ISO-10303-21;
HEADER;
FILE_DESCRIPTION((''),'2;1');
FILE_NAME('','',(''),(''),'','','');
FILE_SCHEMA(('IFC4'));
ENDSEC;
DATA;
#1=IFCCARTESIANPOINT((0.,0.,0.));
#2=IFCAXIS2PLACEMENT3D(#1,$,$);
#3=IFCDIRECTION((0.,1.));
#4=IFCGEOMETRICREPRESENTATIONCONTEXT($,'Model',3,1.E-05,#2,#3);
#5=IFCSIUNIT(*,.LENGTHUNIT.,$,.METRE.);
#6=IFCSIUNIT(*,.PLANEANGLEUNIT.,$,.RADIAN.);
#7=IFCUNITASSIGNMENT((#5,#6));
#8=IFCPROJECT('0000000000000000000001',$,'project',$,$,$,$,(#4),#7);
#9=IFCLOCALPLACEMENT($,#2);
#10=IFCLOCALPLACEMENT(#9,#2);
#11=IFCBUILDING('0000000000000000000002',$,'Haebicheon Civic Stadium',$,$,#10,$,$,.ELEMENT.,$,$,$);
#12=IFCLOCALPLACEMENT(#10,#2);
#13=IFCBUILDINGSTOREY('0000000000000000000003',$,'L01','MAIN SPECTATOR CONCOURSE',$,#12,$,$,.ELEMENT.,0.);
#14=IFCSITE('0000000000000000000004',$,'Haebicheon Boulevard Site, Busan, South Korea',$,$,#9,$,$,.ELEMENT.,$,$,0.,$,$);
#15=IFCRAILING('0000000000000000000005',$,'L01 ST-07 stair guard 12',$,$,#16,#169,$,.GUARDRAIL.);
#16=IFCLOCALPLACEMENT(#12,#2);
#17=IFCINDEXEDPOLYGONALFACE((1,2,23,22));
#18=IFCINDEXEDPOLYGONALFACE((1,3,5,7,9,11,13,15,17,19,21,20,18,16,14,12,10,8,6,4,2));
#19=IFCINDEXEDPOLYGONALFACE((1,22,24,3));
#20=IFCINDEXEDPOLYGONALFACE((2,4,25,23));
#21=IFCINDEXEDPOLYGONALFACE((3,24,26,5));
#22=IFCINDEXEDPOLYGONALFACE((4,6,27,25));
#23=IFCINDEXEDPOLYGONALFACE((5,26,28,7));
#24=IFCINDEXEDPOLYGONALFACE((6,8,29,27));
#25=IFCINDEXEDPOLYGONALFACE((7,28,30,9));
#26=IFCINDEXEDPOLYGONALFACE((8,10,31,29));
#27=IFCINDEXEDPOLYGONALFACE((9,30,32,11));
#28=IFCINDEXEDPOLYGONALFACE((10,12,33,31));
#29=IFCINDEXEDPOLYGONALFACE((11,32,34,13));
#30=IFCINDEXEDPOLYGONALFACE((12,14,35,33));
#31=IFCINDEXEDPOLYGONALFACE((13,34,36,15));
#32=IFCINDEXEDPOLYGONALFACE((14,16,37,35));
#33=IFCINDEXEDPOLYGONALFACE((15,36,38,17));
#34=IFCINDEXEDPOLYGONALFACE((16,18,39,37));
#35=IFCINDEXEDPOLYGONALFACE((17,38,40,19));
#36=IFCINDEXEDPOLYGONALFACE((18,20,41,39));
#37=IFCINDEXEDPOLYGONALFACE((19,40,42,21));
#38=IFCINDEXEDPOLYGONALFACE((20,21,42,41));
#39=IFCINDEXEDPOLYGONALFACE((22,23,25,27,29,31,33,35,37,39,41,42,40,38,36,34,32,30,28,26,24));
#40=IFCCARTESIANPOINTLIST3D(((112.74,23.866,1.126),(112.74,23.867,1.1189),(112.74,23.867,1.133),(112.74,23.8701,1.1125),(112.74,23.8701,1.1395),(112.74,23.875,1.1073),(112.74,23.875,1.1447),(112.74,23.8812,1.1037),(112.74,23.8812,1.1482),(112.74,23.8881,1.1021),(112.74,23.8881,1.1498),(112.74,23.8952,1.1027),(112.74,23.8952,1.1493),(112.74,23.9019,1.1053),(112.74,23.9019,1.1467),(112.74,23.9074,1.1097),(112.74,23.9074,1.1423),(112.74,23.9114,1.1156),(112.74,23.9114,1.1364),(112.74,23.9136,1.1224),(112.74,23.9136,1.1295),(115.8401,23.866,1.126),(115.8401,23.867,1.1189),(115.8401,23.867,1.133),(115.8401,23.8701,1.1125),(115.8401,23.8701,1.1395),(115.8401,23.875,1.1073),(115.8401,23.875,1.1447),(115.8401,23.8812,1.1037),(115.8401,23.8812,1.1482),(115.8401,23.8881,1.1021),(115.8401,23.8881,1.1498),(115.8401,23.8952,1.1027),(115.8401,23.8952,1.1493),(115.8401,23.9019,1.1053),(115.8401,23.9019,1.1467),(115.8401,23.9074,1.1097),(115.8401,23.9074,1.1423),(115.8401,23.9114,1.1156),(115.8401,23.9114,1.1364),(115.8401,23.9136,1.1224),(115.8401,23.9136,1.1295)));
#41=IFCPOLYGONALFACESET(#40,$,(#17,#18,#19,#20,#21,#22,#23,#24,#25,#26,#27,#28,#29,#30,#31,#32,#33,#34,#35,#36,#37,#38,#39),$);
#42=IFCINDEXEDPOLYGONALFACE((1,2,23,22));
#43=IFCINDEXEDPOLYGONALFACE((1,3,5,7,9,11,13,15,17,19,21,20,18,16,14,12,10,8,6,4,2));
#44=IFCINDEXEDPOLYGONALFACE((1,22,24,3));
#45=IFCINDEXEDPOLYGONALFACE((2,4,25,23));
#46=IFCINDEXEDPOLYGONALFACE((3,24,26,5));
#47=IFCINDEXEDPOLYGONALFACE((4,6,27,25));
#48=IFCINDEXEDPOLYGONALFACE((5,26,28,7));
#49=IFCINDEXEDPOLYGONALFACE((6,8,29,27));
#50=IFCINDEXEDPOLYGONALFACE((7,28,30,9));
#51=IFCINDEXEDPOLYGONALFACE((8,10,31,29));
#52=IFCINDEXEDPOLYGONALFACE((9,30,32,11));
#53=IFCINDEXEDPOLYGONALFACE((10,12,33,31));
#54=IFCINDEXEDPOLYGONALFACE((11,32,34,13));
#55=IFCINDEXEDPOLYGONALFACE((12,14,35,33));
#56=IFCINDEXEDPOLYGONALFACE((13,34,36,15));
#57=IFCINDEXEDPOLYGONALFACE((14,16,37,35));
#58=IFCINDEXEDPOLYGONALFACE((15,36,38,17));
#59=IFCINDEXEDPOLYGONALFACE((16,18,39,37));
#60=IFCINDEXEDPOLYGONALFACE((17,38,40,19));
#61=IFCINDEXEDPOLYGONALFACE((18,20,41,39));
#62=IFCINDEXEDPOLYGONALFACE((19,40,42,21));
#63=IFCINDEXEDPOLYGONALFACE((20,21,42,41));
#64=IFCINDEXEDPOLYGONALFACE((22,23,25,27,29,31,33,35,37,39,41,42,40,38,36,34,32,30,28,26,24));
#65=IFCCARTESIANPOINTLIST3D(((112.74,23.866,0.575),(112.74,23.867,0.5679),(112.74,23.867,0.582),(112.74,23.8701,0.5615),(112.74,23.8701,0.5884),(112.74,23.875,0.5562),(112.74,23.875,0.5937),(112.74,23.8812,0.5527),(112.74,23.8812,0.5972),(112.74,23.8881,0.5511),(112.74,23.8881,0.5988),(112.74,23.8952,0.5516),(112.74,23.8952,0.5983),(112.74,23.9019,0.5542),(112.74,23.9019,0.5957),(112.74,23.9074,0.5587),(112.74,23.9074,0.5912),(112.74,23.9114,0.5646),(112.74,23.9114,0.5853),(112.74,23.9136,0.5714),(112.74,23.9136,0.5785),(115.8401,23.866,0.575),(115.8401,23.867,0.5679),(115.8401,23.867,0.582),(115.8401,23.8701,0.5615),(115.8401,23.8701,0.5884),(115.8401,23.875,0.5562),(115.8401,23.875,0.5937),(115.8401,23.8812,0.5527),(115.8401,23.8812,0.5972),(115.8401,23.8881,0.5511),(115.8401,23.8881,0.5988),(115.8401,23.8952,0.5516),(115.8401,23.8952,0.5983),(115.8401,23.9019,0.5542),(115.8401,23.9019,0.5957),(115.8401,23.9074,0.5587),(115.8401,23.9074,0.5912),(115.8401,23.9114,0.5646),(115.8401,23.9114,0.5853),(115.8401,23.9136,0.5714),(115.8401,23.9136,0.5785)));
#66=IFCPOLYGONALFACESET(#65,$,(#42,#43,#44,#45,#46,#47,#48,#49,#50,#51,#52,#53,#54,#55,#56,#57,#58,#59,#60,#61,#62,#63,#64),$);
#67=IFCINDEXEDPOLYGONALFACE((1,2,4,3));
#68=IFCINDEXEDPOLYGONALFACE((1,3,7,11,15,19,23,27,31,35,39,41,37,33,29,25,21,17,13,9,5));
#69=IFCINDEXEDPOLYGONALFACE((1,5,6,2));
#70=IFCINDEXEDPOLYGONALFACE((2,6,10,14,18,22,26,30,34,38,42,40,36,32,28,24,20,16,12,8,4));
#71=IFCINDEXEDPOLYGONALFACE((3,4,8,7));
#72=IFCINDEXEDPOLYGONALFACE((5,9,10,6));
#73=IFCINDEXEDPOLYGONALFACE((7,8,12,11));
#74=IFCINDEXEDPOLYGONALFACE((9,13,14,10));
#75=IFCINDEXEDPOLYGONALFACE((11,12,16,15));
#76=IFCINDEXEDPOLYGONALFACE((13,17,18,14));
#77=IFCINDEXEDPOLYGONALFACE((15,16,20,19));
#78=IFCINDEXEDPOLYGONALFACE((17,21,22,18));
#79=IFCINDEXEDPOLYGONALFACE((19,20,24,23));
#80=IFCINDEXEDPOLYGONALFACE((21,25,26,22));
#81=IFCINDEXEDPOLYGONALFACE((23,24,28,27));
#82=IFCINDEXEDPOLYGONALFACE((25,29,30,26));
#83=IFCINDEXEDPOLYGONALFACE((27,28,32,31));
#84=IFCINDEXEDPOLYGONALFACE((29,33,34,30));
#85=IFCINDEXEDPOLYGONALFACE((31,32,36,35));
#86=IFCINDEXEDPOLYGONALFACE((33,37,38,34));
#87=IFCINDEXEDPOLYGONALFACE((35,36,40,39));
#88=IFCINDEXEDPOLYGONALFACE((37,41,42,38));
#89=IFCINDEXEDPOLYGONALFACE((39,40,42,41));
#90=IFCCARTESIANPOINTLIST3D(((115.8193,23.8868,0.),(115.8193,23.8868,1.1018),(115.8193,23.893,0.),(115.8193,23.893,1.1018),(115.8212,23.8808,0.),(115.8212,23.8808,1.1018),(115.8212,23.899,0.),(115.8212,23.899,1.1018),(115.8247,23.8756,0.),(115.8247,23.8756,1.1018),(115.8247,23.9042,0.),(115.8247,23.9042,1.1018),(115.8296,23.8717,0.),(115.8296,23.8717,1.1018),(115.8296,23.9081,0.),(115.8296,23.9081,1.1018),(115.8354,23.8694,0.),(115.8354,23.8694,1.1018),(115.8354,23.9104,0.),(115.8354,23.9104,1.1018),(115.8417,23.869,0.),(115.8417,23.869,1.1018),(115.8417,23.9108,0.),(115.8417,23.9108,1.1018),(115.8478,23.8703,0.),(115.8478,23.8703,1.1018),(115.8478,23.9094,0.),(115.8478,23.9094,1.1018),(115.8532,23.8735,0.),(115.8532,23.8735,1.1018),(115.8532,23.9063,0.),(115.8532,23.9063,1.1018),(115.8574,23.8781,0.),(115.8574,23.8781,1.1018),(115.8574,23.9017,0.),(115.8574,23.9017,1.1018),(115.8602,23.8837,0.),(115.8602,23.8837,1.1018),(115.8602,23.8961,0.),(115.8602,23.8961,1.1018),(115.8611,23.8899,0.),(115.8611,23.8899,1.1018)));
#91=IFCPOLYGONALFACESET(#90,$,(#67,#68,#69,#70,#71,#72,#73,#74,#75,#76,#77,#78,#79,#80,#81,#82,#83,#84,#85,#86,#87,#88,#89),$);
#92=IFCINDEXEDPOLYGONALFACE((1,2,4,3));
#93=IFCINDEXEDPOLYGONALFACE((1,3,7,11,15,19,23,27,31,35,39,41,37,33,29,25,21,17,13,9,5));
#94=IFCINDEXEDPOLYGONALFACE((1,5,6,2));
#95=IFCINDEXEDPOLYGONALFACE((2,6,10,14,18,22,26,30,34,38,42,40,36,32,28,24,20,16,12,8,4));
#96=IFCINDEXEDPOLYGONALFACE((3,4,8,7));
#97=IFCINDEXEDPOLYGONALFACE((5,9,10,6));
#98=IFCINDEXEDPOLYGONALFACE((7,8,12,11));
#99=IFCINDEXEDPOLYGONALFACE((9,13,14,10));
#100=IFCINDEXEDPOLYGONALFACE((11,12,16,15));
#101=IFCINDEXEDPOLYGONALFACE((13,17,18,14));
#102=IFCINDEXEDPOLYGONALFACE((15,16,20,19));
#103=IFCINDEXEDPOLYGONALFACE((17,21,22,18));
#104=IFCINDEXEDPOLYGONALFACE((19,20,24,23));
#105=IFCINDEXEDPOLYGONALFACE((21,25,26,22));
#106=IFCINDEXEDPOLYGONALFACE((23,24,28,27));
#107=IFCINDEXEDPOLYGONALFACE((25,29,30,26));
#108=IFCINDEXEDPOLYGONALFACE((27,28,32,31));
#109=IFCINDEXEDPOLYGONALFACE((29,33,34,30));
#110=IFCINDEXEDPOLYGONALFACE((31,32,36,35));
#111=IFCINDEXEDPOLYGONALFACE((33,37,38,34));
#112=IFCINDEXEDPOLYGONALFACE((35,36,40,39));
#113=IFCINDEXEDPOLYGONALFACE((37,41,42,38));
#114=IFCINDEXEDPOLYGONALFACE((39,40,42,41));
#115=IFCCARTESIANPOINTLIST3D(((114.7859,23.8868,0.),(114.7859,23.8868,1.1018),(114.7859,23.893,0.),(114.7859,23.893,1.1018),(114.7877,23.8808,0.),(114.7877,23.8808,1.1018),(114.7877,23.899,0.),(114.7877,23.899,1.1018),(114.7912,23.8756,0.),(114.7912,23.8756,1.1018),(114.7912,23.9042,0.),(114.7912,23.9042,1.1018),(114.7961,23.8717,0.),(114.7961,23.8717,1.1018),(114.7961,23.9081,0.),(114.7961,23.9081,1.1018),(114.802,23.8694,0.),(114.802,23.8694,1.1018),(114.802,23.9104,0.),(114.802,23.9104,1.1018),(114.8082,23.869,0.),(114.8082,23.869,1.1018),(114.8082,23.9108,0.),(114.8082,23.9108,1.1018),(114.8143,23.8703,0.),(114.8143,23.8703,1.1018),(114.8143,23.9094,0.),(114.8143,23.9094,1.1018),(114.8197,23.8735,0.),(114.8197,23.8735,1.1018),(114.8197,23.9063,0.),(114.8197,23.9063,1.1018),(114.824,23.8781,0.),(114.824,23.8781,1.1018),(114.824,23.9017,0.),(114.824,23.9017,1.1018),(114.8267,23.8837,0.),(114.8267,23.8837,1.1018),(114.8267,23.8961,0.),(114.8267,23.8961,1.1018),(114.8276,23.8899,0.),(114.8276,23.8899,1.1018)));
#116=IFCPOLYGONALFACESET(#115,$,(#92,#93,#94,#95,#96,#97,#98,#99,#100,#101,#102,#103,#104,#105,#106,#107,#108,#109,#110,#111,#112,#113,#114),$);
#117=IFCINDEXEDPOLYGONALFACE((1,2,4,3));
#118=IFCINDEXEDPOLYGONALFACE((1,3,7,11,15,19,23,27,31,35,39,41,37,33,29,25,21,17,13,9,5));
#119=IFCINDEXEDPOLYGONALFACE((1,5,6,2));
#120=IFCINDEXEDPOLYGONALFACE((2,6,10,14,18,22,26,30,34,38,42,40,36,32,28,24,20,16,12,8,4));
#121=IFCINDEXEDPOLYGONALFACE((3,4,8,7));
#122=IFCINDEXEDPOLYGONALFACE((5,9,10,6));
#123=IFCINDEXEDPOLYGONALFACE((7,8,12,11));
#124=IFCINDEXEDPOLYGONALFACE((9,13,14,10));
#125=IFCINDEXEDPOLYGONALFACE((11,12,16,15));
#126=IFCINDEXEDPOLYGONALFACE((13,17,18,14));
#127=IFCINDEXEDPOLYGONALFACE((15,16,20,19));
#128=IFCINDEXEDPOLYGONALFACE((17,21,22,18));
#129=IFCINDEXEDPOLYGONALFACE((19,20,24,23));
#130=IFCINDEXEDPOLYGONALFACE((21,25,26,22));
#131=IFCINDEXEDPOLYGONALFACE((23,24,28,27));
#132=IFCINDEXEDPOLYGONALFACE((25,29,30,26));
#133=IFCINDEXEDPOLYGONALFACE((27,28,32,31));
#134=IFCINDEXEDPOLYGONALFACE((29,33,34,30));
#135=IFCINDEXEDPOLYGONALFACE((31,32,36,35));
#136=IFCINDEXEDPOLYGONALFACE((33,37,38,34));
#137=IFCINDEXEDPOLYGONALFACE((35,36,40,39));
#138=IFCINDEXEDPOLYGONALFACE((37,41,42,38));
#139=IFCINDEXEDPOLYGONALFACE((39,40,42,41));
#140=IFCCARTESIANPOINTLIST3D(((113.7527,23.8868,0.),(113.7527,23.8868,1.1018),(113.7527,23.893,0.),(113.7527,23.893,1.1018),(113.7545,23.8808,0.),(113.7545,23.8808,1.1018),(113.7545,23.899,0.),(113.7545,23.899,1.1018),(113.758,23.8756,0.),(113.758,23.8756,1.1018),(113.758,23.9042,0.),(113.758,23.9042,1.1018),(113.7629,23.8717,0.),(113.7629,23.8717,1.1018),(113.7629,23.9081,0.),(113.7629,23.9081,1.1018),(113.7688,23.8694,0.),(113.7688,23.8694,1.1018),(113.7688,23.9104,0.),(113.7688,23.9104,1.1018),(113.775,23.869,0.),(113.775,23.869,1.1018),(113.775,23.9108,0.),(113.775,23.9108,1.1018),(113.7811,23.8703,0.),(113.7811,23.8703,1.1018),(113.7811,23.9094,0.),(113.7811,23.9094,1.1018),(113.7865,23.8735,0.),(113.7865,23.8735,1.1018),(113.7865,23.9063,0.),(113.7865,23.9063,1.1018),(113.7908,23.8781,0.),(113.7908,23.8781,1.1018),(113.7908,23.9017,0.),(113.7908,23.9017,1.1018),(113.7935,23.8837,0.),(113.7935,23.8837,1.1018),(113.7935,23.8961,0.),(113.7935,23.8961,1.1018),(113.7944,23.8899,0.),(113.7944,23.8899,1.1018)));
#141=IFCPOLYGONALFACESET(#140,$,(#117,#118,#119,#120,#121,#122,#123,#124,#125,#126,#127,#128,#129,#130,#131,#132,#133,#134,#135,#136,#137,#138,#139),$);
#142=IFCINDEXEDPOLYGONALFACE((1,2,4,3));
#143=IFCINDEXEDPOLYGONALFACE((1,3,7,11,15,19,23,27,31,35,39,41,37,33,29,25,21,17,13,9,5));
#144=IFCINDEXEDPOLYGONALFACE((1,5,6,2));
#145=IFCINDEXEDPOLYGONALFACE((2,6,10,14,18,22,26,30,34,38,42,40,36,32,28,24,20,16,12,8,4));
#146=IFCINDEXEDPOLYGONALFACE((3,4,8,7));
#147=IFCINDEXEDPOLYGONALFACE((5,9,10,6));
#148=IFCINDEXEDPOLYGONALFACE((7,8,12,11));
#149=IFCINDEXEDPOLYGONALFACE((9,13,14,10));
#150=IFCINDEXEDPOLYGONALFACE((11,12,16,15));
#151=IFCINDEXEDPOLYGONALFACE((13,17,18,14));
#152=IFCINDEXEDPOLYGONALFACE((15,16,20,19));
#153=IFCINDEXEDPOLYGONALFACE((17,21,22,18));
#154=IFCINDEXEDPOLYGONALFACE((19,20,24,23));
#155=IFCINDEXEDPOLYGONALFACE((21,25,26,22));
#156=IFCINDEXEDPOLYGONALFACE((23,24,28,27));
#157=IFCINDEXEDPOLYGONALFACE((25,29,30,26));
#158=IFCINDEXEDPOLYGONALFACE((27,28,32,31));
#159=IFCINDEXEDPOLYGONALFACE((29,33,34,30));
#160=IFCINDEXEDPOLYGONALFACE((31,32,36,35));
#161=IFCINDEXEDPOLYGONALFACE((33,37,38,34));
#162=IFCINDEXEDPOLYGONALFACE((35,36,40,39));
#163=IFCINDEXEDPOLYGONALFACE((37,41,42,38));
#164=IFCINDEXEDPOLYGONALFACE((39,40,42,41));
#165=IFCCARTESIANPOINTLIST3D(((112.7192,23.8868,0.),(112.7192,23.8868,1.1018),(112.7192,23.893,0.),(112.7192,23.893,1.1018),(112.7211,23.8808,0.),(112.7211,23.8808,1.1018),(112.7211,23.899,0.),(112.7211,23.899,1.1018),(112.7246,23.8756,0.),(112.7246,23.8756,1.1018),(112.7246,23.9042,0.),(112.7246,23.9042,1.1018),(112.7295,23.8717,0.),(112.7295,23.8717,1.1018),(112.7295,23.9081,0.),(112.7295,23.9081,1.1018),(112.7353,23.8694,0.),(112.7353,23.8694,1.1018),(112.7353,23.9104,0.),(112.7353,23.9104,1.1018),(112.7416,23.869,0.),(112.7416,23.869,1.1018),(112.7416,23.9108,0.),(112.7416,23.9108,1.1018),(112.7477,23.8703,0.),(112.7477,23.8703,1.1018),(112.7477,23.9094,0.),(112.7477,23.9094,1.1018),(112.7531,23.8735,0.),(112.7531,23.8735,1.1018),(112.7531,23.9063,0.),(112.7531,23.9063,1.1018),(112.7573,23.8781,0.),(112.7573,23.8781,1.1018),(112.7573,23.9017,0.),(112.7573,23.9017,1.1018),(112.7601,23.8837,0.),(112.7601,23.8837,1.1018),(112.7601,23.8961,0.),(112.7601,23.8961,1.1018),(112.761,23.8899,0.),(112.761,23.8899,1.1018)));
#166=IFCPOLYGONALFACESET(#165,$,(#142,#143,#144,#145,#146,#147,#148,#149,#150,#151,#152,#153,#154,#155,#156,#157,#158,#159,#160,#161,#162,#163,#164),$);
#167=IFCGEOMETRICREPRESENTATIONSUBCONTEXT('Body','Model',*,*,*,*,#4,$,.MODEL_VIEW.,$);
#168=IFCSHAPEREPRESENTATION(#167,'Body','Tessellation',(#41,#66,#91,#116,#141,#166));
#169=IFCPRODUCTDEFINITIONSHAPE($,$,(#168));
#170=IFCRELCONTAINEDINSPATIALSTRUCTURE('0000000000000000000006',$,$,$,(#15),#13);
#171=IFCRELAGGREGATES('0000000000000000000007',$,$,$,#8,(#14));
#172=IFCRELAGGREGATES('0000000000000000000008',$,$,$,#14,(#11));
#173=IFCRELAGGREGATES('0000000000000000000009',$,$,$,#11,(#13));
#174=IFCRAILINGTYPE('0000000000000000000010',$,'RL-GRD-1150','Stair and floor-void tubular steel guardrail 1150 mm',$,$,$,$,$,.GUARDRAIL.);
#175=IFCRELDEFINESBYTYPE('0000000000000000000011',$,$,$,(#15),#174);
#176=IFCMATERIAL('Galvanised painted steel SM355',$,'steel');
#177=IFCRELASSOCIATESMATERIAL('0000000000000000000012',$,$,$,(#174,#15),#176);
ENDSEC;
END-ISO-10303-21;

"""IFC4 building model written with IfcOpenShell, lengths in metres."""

from ifc_helpers import new_model, si_unit, direction, frame, origin, origin_2d, place, context, subcontext, project, spatial, circle, extrude, material, type_object, element, save


model = new_model("IFC4")

# Units and contexts
model_context = context("Model", 3, precision=1e-05, world=origin(), true_north=direction((0.0, 1.0)))
body_context = subcontext(model_context, "Body", "Model", "MODEL_VIEW")
ifc_project = project(units=[si_unit("LENGTHUNIT", "METRE"), si_unit("PLANEANGLEUNIT", "RADIAN")], contexts=[model_context])

# Site, building, storey
site_placement = place(None, origin())
site = spatial("IfcSite", under=ifc_project, at=site_placement, Name="Haebicheon Boulevard Site, Busan, South Korea", CompositionType="ELEMENT", RefElevation=0.0)
building_placement = place(site_placement, origin())
building = spatial("IfcBuilding", under=site, at=building_placement, Name="Haebicheon Civic Stadium", CompositionType="ELEMENT")
storey_placement = place(building_placement, origin())
storey = spatial("IfcBuildingStorey", under=building, at=storey_placement, Name="L01", Description="MAIN SPECTATOR CONCOURSE", CompositionType="ELEMENT", Elevation=0.0)

# Railing
ifc_material_1 = material(Name="Galvanised painted steel SM355", Category="steel")
railing_type_1 = type_object("IfcRailingType", Name="RL-GRD-1150", Description="Stair and floor-void tubular steel guardrail 1150 mm", PredefinedType="GUARDRAIL", material=ifc_material_1)
railing_1_placement = place(storey_placement, frame((115.8401, 23.8899, 0.0)))
element("IfcRailing", 1, at=railing_1_placement, inside=storey, type_object=railing_type_1, material=ifc_material_1, Name="L01 ST-07 stair guard 12", PredefinedType="GUARDRAIL", context=body_context, shape_type="SweptSolid", body=[
    extrude(circle(Radius=0.0239, at=origin_2d()), frame((0.0, 0.0, 1.126), z_axis=(-1.0, 0.0, 0.0), x_axis=(0.0, -1.0, 0.0)), (0.0, 0.0, 1.0), 3.1001),
    extrude(circle(Radius=0.0239, at=origin_2d()), frame((0.0, 0.0, 0.575), z_axis=(-1.0, 0.0, 0.0), x_axis=(0.0, -1.0, 0.0)), (0.0, 0.0, 1.0), 3.1001),
    extrude(circle(Radius=0.021, at=origin_2d()), origin(), (0.0, 0.0, 1.0), 1.1018),
    extrude(circle(Radius=0.021, at=origin_2d()), frame((-1.0334, 0.0, 0.0)), (0.0, 0.0, 1.0), 1.1018),
    extrude(circle(Radius=0.021, at=origin_2d()), frame((-2.0667, 0.0, 0.0)), (0.0, 0.0, 1.0), 1.1018),
    extrude(circle(Radius=0.021, at=origin_2d()), frame((-3.1001, 0.0, 0.0)), (0.0, 0.0, 1.0), 1.1018),
])

save(model, "model.ifc")
